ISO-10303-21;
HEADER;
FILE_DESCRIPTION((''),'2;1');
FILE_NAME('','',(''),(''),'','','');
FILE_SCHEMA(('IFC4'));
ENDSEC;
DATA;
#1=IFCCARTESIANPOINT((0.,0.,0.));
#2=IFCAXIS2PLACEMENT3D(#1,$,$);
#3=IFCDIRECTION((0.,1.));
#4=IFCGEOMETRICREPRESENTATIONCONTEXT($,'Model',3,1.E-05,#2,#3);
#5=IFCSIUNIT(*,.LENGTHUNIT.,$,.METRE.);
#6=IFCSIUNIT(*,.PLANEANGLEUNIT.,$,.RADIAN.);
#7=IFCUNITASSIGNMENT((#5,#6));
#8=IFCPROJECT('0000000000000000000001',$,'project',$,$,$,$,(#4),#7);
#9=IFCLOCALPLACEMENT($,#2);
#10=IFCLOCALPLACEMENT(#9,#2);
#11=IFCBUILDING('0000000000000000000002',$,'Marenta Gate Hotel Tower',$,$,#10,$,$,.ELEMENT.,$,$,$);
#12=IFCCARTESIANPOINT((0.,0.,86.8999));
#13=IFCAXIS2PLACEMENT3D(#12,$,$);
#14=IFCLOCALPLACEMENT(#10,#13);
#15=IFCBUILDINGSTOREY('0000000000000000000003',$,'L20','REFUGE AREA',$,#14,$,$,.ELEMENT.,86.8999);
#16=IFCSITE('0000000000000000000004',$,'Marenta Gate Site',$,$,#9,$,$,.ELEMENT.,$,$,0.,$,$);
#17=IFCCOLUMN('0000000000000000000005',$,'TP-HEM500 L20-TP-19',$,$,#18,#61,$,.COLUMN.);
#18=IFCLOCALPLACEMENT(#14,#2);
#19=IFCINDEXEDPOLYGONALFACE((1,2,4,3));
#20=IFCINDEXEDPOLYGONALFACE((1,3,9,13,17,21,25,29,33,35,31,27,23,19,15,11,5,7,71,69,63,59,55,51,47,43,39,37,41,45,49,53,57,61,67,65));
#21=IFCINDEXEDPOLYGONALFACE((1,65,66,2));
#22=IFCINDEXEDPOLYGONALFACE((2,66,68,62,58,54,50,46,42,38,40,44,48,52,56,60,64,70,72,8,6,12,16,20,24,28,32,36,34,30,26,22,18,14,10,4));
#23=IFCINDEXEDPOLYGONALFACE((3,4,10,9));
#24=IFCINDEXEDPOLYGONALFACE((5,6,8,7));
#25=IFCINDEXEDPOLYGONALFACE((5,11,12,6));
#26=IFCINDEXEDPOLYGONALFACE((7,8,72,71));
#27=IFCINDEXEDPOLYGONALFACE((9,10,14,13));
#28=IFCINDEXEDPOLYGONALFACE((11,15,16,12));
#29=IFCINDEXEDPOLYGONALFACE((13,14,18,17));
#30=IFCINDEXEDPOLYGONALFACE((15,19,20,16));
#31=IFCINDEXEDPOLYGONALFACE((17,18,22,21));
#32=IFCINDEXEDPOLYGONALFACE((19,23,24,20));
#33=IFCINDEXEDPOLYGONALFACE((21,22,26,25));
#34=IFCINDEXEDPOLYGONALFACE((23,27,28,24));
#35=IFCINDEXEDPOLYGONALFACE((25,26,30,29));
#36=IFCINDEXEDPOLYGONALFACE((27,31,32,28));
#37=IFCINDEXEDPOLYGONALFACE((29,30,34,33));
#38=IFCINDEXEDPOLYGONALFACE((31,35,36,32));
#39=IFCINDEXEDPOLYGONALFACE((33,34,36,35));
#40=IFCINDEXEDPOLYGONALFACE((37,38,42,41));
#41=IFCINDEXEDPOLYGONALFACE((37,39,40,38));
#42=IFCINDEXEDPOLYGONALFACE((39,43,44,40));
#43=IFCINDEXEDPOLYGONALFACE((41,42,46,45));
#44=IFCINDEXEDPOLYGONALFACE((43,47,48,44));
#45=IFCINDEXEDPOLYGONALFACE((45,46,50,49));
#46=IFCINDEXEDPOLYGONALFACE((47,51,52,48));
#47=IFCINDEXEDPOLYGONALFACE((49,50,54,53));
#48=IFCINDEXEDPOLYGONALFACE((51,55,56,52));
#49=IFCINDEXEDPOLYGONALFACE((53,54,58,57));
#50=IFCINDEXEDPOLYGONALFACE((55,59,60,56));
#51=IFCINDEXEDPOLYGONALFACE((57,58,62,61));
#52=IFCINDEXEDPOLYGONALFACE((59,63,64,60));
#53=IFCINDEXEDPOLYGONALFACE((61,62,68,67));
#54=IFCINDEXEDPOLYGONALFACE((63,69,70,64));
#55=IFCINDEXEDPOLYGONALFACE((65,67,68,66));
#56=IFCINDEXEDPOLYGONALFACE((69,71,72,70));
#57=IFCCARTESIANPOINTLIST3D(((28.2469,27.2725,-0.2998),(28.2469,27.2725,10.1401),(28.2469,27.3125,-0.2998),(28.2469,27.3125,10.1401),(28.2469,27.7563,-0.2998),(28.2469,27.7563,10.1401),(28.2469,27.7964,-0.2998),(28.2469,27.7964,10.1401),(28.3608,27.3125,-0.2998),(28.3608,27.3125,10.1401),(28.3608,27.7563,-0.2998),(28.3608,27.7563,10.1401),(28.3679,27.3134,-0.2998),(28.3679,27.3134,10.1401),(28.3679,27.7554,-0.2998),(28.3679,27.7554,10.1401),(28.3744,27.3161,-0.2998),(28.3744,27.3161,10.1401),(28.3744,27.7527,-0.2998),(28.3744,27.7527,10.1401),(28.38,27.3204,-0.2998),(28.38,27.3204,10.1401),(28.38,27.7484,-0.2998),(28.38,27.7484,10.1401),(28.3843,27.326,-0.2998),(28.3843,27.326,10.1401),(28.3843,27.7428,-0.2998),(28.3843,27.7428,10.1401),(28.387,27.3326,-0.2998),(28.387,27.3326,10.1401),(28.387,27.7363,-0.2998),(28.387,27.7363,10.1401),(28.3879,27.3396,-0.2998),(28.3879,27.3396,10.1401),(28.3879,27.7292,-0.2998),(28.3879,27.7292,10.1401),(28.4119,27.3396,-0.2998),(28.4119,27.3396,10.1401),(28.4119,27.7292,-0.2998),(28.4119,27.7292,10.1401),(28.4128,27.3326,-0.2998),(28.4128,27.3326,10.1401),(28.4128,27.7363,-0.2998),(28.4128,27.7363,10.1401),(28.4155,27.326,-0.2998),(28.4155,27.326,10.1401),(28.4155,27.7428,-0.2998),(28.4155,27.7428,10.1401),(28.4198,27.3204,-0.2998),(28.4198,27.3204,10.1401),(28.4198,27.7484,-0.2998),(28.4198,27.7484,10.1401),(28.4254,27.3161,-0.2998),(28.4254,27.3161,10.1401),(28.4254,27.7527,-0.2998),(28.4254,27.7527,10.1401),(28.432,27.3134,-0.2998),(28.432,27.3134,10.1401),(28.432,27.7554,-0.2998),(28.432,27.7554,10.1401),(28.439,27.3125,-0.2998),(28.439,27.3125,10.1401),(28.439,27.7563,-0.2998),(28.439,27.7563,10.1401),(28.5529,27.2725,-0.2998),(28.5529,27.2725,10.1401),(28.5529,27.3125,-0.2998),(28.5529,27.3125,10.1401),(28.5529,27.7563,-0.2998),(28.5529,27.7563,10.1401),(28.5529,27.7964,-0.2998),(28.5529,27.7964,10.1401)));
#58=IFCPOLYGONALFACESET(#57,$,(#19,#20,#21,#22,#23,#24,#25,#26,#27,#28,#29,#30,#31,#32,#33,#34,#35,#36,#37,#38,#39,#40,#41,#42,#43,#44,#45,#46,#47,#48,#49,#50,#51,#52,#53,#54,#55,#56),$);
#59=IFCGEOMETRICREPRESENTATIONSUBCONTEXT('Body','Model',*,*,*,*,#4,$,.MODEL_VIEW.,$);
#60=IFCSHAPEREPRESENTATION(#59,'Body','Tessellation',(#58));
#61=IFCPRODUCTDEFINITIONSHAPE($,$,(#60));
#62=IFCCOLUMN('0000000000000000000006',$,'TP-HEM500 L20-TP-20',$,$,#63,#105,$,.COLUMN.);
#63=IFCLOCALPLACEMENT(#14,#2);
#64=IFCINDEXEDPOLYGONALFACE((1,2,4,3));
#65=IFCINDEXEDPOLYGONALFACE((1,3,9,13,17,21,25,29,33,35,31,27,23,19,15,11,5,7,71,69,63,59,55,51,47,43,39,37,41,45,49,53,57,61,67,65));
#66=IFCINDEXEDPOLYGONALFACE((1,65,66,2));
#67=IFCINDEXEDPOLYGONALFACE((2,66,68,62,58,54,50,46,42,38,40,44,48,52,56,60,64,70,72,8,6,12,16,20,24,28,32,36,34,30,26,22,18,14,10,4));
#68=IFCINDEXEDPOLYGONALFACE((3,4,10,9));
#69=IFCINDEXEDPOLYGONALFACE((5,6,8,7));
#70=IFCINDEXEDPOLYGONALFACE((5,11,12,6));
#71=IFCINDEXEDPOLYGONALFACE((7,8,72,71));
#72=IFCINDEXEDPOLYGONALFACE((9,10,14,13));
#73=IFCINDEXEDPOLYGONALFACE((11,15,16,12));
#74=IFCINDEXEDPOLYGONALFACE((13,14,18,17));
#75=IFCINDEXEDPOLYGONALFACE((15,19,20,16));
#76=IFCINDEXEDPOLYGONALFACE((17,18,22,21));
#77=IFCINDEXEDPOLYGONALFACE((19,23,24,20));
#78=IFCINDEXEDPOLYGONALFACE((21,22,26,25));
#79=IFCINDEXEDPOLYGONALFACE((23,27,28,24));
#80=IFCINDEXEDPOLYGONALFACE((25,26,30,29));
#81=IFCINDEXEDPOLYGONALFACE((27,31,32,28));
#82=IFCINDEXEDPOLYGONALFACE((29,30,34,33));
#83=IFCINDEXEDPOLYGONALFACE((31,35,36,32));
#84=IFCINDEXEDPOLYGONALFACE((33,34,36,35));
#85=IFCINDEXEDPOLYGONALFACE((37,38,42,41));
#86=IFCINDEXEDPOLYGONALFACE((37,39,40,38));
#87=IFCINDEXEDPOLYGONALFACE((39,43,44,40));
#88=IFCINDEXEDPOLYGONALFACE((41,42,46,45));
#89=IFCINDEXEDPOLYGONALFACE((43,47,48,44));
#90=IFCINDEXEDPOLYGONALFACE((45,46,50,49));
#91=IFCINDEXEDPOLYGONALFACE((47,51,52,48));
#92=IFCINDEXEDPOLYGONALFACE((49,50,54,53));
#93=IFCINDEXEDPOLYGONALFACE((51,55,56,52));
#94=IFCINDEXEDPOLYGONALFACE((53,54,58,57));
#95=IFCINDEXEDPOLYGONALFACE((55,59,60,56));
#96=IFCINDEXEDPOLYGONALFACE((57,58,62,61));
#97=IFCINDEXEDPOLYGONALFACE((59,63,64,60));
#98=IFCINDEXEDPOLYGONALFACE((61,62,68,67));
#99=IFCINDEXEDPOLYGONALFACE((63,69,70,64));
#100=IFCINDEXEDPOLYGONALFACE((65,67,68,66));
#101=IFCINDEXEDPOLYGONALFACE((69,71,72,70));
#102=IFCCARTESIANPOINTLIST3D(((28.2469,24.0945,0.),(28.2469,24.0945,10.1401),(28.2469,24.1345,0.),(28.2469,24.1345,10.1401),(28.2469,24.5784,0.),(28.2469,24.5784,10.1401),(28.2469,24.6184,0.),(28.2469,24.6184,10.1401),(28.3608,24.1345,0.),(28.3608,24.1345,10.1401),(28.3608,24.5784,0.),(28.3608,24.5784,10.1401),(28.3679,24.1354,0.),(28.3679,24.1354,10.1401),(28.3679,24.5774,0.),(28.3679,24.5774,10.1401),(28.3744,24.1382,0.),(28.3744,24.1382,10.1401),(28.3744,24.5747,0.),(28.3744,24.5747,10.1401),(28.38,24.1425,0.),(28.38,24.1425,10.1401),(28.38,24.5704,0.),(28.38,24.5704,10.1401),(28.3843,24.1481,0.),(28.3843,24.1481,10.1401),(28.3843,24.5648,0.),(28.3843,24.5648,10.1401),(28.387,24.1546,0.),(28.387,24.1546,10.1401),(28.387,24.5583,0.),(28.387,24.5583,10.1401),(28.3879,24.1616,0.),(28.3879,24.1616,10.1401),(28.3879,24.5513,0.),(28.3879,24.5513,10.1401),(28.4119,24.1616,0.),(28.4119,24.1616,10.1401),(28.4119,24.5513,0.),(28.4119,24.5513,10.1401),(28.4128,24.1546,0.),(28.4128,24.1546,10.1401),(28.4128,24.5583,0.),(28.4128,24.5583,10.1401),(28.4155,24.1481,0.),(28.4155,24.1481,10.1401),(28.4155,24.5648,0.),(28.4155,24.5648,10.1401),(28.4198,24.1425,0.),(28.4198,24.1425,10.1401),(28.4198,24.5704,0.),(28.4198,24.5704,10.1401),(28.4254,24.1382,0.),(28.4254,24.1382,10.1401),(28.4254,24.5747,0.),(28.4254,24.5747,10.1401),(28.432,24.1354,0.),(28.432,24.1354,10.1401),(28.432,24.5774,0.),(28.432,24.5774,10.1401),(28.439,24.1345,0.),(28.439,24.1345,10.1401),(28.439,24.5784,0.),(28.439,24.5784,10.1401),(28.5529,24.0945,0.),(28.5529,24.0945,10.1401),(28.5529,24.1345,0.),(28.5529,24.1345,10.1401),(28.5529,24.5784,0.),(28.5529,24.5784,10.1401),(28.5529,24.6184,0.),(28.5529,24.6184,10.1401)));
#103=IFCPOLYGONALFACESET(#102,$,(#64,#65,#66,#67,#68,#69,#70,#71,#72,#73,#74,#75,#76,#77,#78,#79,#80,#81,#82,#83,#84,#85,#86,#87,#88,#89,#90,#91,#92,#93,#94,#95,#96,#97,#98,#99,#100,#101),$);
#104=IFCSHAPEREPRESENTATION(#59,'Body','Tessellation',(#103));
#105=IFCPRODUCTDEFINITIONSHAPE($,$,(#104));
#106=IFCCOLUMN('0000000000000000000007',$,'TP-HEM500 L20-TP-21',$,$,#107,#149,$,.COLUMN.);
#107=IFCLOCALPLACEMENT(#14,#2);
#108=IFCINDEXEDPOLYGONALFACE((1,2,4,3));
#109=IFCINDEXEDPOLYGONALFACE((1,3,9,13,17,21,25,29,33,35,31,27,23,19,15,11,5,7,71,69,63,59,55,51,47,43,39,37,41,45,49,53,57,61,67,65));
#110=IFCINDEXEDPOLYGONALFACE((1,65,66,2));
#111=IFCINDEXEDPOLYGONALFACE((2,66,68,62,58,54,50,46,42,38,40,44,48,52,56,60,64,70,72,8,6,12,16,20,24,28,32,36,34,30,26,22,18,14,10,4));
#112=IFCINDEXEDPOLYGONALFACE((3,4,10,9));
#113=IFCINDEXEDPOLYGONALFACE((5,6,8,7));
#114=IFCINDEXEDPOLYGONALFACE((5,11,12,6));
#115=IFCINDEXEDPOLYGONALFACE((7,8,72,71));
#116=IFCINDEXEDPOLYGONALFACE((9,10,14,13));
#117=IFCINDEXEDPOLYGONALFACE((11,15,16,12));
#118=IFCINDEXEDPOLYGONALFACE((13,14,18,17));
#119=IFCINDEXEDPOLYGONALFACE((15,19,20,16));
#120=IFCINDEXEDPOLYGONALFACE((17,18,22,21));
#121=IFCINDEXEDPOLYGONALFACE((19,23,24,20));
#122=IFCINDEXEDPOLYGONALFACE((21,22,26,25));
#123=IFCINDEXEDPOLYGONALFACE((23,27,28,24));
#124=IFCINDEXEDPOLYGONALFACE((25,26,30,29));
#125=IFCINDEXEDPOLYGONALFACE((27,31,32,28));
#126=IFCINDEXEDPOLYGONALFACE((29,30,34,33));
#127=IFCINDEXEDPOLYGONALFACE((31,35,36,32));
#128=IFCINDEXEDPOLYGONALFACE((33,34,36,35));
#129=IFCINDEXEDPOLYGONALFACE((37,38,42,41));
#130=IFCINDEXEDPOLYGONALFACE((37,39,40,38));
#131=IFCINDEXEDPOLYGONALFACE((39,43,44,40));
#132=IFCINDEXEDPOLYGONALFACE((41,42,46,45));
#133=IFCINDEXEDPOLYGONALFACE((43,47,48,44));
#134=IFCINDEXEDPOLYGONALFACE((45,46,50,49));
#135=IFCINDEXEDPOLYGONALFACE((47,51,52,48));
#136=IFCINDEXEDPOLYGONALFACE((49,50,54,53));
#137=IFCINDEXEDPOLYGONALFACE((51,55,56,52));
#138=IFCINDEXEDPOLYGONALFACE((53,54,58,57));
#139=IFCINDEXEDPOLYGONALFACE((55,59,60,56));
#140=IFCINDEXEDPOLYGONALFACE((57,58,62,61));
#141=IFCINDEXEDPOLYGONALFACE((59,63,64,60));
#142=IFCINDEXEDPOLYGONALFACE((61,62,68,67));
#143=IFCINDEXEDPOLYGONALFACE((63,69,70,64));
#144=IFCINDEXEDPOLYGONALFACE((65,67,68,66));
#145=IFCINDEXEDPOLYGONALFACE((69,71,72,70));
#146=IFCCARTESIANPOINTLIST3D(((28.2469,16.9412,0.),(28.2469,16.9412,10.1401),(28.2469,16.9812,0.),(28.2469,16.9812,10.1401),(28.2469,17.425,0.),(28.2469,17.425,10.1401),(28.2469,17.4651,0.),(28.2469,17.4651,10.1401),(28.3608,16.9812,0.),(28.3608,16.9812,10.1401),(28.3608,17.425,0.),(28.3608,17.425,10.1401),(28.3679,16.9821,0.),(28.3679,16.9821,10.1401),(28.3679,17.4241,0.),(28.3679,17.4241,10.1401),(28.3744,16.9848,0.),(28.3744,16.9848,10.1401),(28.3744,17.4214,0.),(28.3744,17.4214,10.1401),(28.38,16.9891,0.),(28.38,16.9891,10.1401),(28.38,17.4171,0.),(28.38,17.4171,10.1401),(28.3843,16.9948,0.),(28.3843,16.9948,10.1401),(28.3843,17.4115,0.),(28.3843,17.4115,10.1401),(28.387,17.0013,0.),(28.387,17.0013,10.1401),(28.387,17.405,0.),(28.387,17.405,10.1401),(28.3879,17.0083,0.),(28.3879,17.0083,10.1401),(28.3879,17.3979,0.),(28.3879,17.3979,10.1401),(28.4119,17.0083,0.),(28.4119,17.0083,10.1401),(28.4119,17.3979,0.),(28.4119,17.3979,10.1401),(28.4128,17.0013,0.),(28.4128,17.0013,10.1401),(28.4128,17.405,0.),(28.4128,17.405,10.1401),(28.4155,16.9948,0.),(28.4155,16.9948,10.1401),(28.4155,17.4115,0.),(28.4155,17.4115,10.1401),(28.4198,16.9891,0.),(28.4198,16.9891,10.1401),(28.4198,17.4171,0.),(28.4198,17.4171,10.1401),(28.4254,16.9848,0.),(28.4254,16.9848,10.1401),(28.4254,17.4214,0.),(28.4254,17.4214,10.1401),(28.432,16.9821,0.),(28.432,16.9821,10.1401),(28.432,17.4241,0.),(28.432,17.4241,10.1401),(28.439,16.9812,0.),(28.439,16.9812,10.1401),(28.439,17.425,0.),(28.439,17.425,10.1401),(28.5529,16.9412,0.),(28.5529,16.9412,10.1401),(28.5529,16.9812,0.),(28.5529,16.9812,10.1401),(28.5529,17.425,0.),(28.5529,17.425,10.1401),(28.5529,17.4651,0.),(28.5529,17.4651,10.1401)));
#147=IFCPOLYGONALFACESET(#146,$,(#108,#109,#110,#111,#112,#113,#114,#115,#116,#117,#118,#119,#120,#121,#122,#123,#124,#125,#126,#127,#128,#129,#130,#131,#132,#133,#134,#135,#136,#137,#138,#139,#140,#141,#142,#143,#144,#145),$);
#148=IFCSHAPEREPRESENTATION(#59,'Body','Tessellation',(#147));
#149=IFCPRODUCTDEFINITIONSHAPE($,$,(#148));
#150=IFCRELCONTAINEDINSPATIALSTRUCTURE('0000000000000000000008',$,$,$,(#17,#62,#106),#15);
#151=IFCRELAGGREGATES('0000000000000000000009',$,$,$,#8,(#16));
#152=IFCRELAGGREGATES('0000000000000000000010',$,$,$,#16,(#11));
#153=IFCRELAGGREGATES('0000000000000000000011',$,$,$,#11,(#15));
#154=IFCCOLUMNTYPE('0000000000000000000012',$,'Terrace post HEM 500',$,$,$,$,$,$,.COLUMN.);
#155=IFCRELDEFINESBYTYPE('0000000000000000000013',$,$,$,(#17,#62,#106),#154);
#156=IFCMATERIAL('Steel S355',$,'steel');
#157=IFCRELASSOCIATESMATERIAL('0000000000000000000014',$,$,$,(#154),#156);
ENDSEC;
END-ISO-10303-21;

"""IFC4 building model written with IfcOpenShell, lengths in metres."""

from ifc_helpers import new_model, si_unit, direction, frame, origin, origin_2d, place, context, subcontext, project, spatial, i_section, extrude, material, material_profile, profile_set, type_object, element, save


model = new_model("IFC4")

# Units and contexts
model_context = context("Model", 3, precision=1e-05, world=origin(), true_north=direction((0.0, 1.0)))
body_context = subcontext(model_context, "Body", "Model", "MODEL_VIEW")
ifc_project = project(units=[si_unit("LENGTHUNIT", "METRE"), si_unit("PLANEANGLEUNIT", "RADIAN")], contexts=[model_context])

# Site, building, storey
site_placement = place(None, origin())
site = spatial("IfcSite", under=ifc_project, at=site_placement, Name="Marenta Gate Site", CompositionType="ELEMENT", RefElevation=0.0)
building_placement = place(site_placement, origin())
building = spatial("IfcBuilding", under=site, at=building_placement, Name="Marenta Gate Hotel Tower", CompositionType="ELEMENT")
storey_placement = place(building_placement, frame((0.0, 0.0, 86.8999)))
storey = spatial("IfcBuildingStorey", under=building, at=storey_placement, Name="L20", Description="REFUGE AREA", CompositionType="ELEMENT", Elevation=86.8999)

# Columns
ifc_material_1 = material(Name="Steel S355", Category="steel")
ifc_material_profile_1 = material_profile(ifc_material_1, i_section(OverallWidth=0.3059, OverallDepth=0.5239, WebThickness=0.0239, FlangeThickness=0.04, FilletRadius=0.0271, at=origin_2d()), Name="HEM 500")
ifc_profile_set_1 = profile_set([ifc_material_profile_1], Name="Steel S355")
column_type = type_object("IfcColumnType", Name="Terrace post HEM 500", PredefinedType="COLUMN", material=ifc_profile_set_1)
column_placement = place(storey_placement, frame((28.3999, 27.5344, -0.2998), z_axis=(0.0, 0.0, 1.0), x_axis=(1.0, 0.0, 0.0)))
element("IfcColumn", 1, at=column_placement, inside=storey, type_object=column_type, Name="TP-HEM500 L20-TP-19", PredefinedType="COLUMN", context=body_context, shape_type="SweptSolid", body=[
    extrude(i_section(OverallWidth=0.3059, OverallDepth=0.5239, WebThickness=0.0239, FlangeThickness=0.04, FilletRadius=0.0271, at=origin_2d()), origin(), (0.0, 0.0, 1.0), 10.4399),
])
for number, where, z_axis, x_axis, name in (
    (2, (28.3999, 24.3564, 0.0), (0.0, 0.0, 1.0), (1.0, 0.0, 0.0), "TP-HEM500 L20-TP-20"),
    (3, (28.3999, 17.2031, 0.0), (0.0, 0.0, 1.0), (1.0, 0.0, 0.0), "TP-HEM500 L20-TP-21"),
):
    element("IfcColumn", number, at=place(storey_placement, frame(where, z_axis=z_axis, x_axis=x_axis)), inside=storey, type_object=column_type, Name=name, PredefinedType="COLUMN", context=body_context, shape_type="SweptSolid", body=[
        extrude(i_section(OverallWidth=0.3059, OverallDepth=0.5239, WebThickness=0.0239, FlangeThickness=0.04, FilletRadius=0.0271, at=origin_2d()), origin(), (0.0, 0.0, 1.0), 10.1401),
    ])

save(model, "model.ifc")
